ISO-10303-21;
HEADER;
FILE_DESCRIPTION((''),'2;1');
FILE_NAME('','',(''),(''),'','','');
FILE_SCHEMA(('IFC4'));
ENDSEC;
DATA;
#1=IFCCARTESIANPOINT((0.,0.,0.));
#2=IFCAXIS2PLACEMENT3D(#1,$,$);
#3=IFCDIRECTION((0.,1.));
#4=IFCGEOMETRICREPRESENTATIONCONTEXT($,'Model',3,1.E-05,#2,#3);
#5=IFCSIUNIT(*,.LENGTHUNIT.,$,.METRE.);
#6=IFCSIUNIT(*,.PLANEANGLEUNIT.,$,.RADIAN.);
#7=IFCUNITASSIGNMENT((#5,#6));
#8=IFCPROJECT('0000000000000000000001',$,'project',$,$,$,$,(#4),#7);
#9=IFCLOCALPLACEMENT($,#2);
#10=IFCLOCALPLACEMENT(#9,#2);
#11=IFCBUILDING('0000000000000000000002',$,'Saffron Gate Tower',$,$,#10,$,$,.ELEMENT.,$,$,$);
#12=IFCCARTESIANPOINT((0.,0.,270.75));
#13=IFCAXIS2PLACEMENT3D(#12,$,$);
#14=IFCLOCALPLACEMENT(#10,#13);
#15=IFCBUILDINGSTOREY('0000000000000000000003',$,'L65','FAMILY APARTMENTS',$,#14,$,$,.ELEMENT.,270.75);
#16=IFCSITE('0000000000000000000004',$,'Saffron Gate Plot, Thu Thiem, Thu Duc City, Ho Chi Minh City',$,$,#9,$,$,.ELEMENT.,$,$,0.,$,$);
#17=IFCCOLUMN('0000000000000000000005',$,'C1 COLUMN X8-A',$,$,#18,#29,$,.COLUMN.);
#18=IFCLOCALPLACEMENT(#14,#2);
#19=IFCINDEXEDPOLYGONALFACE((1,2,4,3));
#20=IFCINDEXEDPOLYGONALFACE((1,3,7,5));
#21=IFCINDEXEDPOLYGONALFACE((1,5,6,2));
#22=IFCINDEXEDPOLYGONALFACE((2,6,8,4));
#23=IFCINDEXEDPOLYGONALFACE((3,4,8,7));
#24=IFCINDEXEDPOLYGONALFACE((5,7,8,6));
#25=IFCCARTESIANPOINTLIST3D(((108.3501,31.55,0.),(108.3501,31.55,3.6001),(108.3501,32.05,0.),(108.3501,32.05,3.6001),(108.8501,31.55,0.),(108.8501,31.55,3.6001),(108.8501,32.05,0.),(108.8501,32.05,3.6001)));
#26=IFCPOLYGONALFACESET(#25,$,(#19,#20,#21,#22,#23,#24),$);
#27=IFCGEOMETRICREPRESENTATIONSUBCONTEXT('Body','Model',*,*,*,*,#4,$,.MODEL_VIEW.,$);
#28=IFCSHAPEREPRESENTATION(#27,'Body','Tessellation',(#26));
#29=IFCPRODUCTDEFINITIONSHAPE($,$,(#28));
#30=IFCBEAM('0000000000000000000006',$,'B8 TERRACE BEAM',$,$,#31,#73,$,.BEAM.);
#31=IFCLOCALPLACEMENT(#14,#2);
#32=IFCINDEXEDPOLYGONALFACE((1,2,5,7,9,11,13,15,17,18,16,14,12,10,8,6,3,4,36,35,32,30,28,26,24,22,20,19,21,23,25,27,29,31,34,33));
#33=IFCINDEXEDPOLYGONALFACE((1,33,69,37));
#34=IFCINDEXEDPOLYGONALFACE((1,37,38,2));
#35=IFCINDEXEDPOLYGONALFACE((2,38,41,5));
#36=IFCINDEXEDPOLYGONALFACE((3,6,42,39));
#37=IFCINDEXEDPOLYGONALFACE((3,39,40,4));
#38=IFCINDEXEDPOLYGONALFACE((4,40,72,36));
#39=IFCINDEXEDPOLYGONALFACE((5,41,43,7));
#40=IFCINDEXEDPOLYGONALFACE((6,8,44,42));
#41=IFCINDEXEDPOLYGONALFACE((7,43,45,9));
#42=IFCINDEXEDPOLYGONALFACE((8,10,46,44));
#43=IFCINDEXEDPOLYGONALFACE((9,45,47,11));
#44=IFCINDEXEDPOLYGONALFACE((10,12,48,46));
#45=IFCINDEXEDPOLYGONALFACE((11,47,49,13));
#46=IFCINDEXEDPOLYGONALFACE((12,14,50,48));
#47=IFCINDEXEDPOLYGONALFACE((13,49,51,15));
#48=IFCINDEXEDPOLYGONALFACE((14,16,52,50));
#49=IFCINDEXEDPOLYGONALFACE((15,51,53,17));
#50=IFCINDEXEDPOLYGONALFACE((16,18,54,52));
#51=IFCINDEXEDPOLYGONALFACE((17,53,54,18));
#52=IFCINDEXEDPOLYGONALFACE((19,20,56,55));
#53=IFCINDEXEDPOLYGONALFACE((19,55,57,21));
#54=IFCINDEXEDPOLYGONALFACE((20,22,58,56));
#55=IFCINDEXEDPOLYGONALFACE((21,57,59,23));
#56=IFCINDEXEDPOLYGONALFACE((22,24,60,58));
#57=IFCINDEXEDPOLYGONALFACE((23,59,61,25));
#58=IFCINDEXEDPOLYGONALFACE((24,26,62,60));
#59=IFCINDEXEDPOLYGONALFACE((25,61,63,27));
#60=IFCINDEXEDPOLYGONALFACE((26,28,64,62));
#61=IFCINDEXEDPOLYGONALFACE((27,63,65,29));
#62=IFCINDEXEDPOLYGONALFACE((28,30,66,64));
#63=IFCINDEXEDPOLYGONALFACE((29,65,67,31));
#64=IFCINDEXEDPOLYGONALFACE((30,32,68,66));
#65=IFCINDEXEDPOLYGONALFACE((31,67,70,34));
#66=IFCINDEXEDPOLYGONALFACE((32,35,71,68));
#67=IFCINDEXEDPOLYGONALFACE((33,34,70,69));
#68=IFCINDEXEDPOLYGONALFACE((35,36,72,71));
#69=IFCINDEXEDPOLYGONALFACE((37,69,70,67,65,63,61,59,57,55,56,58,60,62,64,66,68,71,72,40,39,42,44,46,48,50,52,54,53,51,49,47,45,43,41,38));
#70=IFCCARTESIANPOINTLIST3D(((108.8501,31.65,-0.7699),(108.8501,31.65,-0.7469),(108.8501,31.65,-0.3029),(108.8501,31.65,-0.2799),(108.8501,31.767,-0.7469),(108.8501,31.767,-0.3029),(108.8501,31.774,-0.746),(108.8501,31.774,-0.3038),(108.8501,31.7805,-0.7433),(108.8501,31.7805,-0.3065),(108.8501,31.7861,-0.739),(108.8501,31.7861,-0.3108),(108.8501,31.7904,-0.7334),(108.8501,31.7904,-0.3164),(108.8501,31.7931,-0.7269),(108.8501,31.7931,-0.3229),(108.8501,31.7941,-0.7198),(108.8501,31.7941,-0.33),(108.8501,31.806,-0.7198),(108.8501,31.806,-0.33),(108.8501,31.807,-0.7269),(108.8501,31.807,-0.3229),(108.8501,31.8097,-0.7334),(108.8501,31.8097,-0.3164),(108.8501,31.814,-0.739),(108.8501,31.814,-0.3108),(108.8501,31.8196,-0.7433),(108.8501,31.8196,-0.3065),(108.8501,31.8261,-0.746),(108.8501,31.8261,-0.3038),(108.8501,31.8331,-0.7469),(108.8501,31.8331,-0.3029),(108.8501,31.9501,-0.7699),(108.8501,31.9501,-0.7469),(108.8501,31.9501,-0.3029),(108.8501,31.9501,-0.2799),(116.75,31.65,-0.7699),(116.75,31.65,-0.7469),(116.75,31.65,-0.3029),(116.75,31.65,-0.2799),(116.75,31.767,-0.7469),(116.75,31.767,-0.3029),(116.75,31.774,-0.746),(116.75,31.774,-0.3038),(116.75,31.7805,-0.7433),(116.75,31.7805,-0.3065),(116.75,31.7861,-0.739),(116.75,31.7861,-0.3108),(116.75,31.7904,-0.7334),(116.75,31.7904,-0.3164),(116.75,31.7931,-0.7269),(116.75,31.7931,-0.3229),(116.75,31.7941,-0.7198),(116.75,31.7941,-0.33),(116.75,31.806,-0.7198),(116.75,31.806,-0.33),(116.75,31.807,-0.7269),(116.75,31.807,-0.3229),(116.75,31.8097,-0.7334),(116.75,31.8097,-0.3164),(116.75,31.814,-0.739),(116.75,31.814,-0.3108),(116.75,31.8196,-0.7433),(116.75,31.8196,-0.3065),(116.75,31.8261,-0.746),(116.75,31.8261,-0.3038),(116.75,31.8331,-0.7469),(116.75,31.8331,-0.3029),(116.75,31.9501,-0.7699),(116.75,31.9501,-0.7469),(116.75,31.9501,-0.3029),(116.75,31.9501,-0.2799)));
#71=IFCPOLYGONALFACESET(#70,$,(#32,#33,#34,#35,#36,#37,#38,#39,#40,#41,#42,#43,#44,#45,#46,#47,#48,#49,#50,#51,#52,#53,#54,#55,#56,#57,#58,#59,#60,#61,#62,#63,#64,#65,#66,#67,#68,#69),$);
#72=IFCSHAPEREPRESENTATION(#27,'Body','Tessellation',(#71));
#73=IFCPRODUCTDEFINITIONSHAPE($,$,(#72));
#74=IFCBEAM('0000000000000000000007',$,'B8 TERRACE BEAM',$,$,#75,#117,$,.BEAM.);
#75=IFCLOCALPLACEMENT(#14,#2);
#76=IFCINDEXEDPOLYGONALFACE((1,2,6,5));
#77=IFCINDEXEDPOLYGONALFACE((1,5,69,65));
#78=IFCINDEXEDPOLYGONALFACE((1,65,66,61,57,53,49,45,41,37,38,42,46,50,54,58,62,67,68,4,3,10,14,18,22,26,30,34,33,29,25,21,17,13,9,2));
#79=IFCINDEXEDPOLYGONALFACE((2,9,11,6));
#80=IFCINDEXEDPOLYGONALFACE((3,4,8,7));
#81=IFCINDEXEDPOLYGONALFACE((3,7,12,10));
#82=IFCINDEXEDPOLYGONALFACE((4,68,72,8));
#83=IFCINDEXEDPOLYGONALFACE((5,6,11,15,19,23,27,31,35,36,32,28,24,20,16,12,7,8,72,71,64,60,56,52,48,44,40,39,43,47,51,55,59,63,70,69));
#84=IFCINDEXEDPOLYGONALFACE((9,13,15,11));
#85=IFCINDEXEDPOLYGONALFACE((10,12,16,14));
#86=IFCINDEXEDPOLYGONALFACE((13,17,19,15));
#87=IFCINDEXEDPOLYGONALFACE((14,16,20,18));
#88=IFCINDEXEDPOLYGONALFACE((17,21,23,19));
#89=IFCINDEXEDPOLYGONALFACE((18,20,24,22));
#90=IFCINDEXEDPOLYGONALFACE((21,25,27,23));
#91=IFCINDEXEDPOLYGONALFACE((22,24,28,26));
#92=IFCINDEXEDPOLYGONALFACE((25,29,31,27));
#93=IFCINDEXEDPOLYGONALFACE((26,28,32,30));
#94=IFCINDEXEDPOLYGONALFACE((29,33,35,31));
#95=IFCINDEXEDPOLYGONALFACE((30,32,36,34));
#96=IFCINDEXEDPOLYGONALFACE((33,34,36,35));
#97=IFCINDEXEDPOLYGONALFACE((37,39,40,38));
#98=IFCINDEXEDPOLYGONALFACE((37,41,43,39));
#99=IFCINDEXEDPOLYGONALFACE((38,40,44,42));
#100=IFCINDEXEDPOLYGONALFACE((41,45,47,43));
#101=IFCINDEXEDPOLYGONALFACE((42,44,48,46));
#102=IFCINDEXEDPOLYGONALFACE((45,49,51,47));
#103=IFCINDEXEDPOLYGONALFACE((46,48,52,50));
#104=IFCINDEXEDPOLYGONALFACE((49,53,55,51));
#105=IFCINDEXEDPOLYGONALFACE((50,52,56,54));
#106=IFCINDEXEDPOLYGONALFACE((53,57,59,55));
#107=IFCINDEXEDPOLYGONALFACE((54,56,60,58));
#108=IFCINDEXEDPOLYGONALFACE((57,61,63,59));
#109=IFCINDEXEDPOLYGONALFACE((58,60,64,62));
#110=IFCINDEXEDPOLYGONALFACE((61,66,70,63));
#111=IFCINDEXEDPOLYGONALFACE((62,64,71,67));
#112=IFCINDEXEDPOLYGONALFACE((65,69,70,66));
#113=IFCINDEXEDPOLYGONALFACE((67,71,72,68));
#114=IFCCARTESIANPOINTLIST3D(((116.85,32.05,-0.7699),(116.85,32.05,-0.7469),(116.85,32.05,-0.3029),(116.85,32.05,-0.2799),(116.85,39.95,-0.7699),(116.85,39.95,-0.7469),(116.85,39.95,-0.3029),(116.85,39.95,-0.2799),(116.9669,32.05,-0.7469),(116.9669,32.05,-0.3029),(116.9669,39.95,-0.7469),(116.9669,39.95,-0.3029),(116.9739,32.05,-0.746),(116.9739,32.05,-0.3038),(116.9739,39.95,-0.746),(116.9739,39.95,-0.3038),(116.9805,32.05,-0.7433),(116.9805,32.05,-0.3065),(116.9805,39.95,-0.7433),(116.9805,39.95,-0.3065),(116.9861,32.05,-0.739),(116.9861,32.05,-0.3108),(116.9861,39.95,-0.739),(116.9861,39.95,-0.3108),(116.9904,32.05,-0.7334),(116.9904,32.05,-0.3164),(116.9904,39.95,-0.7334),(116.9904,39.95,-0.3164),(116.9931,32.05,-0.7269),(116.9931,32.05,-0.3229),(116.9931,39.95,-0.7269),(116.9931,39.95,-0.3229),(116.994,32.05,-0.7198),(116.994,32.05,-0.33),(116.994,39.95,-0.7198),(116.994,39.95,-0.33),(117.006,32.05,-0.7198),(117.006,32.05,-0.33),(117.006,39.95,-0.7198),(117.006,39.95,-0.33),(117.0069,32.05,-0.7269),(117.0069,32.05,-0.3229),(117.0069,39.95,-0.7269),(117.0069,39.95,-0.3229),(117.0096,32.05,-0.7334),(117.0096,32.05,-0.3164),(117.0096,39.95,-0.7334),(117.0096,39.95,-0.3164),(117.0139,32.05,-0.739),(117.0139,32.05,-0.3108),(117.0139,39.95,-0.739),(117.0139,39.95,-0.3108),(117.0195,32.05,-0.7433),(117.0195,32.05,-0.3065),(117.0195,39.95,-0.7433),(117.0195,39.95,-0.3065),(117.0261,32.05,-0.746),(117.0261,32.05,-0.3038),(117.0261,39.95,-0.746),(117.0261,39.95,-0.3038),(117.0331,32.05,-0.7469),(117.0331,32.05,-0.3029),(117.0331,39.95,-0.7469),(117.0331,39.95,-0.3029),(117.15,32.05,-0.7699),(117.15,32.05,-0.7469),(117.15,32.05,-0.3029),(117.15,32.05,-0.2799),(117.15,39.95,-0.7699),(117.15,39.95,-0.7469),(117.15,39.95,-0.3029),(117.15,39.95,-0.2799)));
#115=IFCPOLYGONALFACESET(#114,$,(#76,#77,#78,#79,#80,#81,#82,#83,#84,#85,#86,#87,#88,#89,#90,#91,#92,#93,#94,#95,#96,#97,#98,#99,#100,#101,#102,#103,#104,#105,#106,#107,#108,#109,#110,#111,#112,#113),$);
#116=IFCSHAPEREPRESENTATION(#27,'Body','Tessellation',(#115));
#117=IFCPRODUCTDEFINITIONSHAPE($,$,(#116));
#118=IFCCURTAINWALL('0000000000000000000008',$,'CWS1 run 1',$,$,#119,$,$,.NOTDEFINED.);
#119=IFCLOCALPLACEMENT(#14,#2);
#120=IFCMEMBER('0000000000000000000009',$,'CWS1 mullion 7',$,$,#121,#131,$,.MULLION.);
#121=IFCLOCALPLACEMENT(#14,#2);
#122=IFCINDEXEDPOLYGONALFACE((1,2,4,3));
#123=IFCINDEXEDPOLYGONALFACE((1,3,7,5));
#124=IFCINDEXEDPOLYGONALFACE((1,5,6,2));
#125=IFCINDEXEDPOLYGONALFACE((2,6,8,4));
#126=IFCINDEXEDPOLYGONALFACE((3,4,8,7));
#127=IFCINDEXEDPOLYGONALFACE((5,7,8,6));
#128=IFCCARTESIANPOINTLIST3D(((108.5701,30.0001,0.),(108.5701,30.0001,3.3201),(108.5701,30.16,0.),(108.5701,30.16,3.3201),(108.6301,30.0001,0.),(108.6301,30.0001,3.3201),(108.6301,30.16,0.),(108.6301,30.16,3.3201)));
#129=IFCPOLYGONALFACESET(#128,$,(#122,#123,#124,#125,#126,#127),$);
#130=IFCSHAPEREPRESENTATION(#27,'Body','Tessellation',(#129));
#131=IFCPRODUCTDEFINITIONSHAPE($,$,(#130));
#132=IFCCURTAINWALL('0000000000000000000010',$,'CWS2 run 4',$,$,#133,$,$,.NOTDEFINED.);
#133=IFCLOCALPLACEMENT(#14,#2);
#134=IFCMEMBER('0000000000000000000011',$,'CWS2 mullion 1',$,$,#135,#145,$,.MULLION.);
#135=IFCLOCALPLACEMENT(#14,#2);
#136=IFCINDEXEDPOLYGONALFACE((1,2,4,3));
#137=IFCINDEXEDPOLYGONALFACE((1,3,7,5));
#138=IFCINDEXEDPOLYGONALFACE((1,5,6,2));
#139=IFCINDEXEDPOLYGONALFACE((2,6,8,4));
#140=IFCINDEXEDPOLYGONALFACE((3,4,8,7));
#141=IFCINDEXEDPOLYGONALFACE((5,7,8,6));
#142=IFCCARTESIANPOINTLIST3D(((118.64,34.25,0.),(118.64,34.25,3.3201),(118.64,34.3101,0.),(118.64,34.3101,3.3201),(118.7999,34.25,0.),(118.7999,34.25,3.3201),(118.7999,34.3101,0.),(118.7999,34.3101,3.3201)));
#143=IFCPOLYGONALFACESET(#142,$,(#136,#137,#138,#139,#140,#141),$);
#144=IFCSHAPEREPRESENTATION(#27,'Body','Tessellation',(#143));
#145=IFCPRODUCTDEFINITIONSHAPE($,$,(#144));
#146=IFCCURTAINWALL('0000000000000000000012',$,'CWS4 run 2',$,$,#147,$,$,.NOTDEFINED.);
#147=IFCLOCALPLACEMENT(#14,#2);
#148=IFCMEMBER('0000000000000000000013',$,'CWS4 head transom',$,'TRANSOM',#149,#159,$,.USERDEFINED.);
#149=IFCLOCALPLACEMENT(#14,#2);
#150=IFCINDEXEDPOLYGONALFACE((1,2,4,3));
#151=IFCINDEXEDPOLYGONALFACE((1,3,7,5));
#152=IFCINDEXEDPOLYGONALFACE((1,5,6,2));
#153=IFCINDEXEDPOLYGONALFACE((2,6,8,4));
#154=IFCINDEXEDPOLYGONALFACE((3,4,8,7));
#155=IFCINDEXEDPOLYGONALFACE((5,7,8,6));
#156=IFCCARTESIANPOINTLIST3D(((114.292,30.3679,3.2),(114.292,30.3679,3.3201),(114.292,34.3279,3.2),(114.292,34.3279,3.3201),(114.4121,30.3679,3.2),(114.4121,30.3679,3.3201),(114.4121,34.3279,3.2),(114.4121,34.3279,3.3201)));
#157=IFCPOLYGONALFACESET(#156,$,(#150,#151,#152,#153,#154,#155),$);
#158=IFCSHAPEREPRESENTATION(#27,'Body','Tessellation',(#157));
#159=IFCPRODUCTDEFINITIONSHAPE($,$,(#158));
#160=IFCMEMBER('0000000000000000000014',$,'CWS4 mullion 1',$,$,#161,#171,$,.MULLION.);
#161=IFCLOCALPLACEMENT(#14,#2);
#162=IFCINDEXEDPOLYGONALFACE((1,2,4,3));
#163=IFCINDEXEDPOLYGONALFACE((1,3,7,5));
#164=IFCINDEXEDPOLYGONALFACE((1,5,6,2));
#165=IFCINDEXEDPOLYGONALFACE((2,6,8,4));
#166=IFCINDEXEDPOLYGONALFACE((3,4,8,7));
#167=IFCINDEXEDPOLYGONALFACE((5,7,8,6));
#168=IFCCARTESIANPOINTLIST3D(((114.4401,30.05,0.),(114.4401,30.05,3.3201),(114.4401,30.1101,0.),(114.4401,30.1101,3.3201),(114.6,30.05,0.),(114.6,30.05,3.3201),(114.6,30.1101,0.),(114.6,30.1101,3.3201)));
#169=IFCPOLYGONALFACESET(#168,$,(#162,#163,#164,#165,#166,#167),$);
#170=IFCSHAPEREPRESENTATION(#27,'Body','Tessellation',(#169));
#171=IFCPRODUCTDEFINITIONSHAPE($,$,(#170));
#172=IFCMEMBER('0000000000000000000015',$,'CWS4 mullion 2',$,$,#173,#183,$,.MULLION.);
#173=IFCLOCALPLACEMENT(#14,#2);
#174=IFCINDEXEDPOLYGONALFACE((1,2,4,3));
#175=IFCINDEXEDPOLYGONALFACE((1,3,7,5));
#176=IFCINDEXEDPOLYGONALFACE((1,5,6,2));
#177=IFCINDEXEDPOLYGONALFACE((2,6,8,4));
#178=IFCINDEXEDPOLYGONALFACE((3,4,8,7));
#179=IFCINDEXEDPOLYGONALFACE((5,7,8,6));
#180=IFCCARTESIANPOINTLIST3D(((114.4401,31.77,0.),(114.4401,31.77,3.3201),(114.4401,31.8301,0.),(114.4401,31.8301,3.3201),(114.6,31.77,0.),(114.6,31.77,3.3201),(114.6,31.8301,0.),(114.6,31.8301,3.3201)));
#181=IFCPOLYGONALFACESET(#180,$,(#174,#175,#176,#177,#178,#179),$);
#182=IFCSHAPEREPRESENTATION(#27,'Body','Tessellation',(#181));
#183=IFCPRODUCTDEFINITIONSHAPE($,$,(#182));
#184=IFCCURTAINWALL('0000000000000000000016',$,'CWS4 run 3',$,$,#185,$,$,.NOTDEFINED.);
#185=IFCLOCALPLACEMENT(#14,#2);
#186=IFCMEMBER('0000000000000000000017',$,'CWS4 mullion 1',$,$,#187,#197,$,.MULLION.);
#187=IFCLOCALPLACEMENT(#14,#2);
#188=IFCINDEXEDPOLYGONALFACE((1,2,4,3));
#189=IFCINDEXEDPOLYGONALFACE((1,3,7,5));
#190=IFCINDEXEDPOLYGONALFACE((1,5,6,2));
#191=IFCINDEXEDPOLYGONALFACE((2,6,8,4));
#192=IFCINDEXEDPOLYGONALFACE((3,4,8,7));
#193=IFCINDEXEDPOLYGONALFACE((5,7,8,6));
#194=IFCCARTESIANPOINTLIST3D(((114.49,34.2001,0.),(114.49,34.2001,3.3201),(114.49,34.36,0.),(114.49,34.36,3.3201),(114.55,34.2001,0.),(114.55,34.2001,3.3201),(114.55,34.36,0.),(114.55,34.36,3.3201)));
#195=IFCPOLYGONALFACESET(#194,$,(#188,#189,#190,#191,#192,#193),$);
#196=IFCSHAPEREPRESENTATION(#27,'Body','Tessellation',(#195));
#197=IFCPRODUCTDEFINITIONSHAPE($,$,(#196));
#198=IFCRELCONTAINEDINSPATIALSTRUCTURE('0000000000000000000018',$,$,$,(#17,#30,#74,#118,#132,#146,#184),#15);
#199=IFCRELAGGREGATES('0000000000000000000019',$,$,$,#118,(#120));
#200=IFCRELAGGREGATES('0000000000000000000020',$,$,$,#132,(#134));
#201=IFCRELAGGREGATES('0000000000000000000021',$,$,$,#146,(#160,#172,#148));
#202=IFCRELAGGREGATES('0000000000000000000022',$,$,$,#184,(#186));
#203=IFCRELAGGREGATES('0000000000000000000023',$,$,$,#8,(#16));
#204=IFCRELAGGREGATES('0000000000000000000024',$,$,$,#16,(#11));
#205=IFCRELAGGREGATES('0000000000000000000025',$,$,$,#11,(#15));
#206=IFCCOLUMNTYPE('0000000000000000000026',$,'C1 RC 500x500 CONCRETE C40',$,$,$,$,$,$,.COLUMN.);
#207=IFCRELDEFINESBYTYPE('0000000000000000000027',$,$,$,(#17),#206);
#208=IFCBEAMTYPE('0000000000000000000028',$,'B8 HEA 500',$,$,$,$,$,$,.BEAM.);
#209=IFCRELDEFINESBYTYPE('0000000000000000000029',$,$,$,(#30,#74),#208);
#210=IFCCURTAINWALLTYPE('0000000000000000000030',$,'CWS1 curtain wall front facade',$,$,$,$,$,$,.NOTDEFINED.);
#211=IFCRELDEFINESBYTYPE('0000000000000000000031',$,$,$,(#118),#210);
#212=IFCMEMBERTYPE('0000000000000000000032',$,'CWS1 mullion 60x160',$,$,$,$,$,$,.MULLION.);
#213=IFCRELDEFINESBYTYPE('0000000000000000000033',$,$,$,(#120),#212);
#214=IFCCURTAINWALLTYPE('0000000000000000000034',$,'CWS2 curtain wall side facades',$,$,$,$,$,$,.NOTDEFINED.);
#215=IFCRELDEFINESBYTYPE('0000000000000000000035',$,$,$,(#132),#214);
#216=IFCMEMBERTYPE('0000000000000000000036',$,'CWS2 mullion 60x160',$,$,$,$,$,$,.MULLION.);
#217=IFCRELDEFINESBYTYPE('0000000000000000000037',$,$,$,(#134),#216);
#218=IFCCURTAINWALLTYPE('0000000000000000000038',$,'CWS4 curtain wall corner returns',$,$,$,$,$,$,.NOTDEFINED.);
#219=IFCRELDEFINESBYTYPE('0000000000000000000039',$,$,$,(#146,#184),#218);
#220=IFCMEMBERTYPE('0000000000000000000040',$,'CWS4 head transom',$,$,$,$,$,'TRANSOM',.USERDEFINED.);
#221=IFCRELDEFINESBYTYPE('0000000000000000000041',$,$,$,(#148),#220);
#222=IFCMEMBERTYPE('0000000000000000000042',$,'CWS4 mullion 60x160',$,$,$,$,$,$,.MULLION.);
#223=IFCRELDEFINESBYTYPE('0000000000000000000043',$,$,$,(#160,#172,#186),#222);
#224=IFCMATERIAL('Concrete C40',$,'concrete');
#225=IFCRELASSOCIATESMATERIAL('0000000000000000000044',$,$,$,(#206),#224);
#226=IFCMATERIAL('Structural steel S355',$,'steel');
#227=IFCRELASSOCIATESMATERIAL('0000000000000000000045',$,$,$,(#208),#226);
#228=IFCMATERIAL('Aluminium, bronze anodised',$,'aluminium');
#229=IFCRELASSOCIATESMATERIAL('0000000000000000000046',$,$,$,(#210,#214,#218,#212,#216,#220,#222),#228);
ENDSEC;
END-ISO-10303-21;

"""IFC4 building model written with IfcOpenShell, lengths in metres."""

from ifc_helpers import new_model, si_unit, direction, frame, origin, origin_2d, place, context, subcontext, project, spatial, rectangle, i_section, extrude, material, material_profile, profile_set, type_object, element, aggregate, save


model = new_model("IFC4")

# Units and contexts
model_context = context("Model", 3, precision=1e-05, world=origin(), true_north=direction((0.0, 1.0)))
body_context = subcontext(model_context, "Body", "Model", "MODEL_VIEW")
ifc_project = project(units=[si_unit("LENGTHUNIT", "METRE"), si_unit("PLANEANGLEUNIT", "RADIAN")], contexts=[model_context])

# Site, building, storey
site_placement = place(None, origin())
site = spatial("IfcSite", under=ifc_project, at=site_placement, Name="Saffron Gate Plot, Thu Thiem, Thu Duc City, Ho Chi Minh City", CompositionType="ELEMENT", RefElevation=0.0)
building_placement = place(site_placement, origin())
building = spatial("IfcBuilding", under=site, at=building_placement, Name="Saffron Gate Tower", CompositionType="ELEMENT")
storey_placement = place(building_placement, frame((0.0, 0.0, 270.75)))
storey = spatial("IfcBuildingStorey", under=building, at=storey_placement, Name="L65", Description="FAMILY APARTMENTS", CompositionType="ELEMENT", Elevation=270.75)

# Column
ifc_material_1 = material(Name="Concrete C40", Category="concrete")
ifc_material_profile_1 = material_profile(ifc_material_1, rectangle(XDim=0.5, YDim=0.5, at=origin_2d()))
ifc_profile_set_1 = profile_set([ifc_material_profile_1], Name="Concrete C40")
column_type = type_object("IfcColumnType", Name="C1 RC 500x500 CONCRETE C40", PredefinedType="COLUMN", material=ifc_profile_set_1)
column_placement = place(storey_placement, frame((108.6001, 31.8, 0.0), z_axis=(0.0, 0.0, 1.0), x_axis=(1.0, 0.0, 0.0)))
element("IfcColumn", 1, at=column_placement, inside=storey, type_object=column_type, Name="C1 COLUMN X8-A", PredefinedType="COLUMN", context=body_context, shape_type="SweptSolid", body=[
    extrude(rectangle(XDim=0.5, YDim=0.5, at=origin_2d()), origin(), (0.0, 0.0, 1.0), 3.6001),
])

# Beams
ifc_material_2 = material(Name="Structural steel S355", Category="steel")
ifc_material_profile_2 = material_profile(ifc_material_2, i_section(OverallWidth=0.3, OverallDepth=0.49, WebThickness=0.012, FlangeThickness=0.0229, FilletRadius=0.0271, at=origin_2d()))
ifc_profile_set_2 = profile_set([ifc_material_profile_2], Name="Structural steel S355")
beam_type = type_object("IfcBeamType", Name="B8 HEA 500", PredefinedType="BEAM", material=ifc_profile_set_2)
for number, where, z_axis, x_axis, name in (
    (2, (108.8501, 31.8, -0.5249), (1.0, 0.0, 0.0), (0.0, 1.0, 0.0), "B8 TERRACE BEAM"),
    (3, (117.0, 32.05, -0.5249), (0.0, 1.0, 0.0), (-1.0, 0.0, 0.0), "B8 TERRACE BEAM"),
):
    element("IfcBeam", number, at=place(storey_placement, frame(where, z_axis=z_axis, x_axis=x_axis)), inside=storey, type_object=beam_type, Name=name, PredefinedType="BEAM", context=body_context, shape_type="SweptSolid", body=[
        extrude(i_section(OverallWidth=0.3, OverallDepth=0.49, WebThickness=0.012, FlangeThickness=0.0229, FilletRadius=0.0271, at=origin_2d()), origin(), (0.0, 0.0, 1.0), 7.8999),
    ])

# Curtain walls, members
ifc_material_3 = material(Name="Aluminium, bronze anodised", Category="aluminium")
curtain_wall_type_1 = type_object("IfcCurtainWallType", Name="CWS1 curtain wall front facade", PredefinedType="NOTDEFINED", material=ifc_material_3)
curtain_wall_1_placement = place(storey_placement, origin())
curtain_wall_1 = element("IfcCurtainWall", 4, at=curtain_wall_1_placement, inside=storey, type_object=curtain_wall_type_1, Name="CWS1 run 1", PredefinedType="NOTDEFINED")
ifc_material_profile_3 = material_profile(ifc_material_3, rectangle(XDim=0.1599, YDim=0.0601, at=origin_2d()))
ifc_profile_set_3 = profile_set([ifc_material_profile_3], Name="Aluminium, bronze anodised")
member_type_1 = type_object("IfcMemberType", Name="CWS1 mullion 60x160", PredefinedType="MULLION", material=ifc_profile_set_3)
member_1_placement = place(storey_placement, frame((108.6001, 30.0801, 0.0), z_axis=(0.0, 0.0, 1.0), x_axis=(0.0, 1.0, 0.0)))
member_1 = element("IfcMember", 5, at=member_1_placement, type_object=member_type_1, Name="CWS1 mullion 7", PredefinedType="MULLION", context=body_context, shape_type="SweptSolid", body=[
    extrude(rectangle(XDim=0.1599, YDim=0.0601, at=origin_2d()), origin(), (0.0, 0.0, 1.0), 3.3201),
])
aggregate(curtain_wall_1, [member_1])
curtain_wall_type_2 = type_object("IfcCurtainWallType", Name="CWS2 curtain wall side facades", PredefinedType="NOTDEFINED", material=ifc_material_3)
curtain_wall_2_placement = place(storey_placement, origin())
curtain_wall_2 = element("IfcCurtainWall", 6, at=curtain_wall_2_placement, inside=storey, type_object=curtain_wall_type_2, Name="CWS2 run 4", PredefinedType="NOTDEFINED")
ifc_material_profile_4 = material_profile(ifc_material_3, rectangle(XDim=0.1599, YDim=0.0601, at=origin_2d()))
ifc_profile_set_4 = profile_set([ifc_material_profile_4], Name="Aluminium, bronze anodised")
member_type_2 = type_object("IfcMemberType", Name="CWS2 mullion 60x160", PredefinedType="MULLION", material=ifc_profile_set_4)
member_2_placement = place(storey_placement, frame((118.72, 34.28, 0.0), z_axis=(0.0, 0.0, 1.0), x_axis=(-1.0, 0.0, 0.0)))
member_2 = element("IfcMember", 7, at=member_2_placement, type_object=member_type_2, Name="CWS2 mullion 1", PredefinedType="MULLION", context=body_context, shape_type="SweptSolid", body=[
    extrude(rectangle(XDim=0.1599, YDim=0.0601, at=origin_2d()), origin(), (0.0, 0.0, 1.0), 3.3201),
])

# Curtain walls, members
curtain_wall_type_3 = type_object("IfcCurtainWallType", Name="CWS4 curtain wall corner returns", PredefinedType="NOTDEFINED", material=ifc_material_3)
curtain_wall_3_placement = place(storey_placement, origin())
curtain_wall_3 = element("IfcCurtainWall", 8, at=curtain_wall_3_placement, inside=storey, type_object=curtain_wall_type_3, Name="CWS4 run 2", PredefinedType="NOTDEFINED")
ifc_material_profile_5 = material_profile(ifc_material_3, rectangle(XDim=0.1201, YDim=0.1201, at=origin_2d()))
ifc_profile_set_5 = profile_set([ifc_material_profile_5], Name="Aluminium, bronze anodised")
member_type_3 = type_object("IfcMemberType", Name="CWS4 head transom", ElementType="TRANSOM", PredefinedType="USERDEFINED", material=ifc_profile_set_5)
member_3_placement = place(storey_placement, frame((114.3521, 30.3679, 3.26), z_axis=(0.0, 1.0, 0.0), x_axis=(-1.0, 0.0, 0.0)))
member_3 = element("IfcMember", 9, at=member_3_placement, type_object=member_type_3, Name="CWS4 head transom", ObjectType="TRANSOM", PredefinedType="USERDEFINED", context=body_context, shape_type="SweptSolid", body=[
    extrude(rectangle(XDim=0.1201, YDim=0.1201, at=origin_2d()), origin(), (0.0, 0.0, 1.0), 3.96),
])
ifc_material_profile_6 = material_profile(ifc_material_3, rectangle(XDim=0.1599, YDim=0.0601, at=origin_2d()))
ifc_profile_set_6 = profile_set([ifc_material_profile_6], Name="Aluminium, bronze anodised")
member_type_4 = type_object("IfcMemberType", Name="CWS4 mullion 60x160", PredefinedType="MULLION", material=ifc_profile_set_6)
member_4_placement = place(storey_placement, frame((114.52, 30.0801, 0.0), z_axis=(0.0, 0.0, 1.0), x_axis=(-1.0, 0.0, 0.0)))
member_4 = element("IfcMember", 10, at=member_4_placement, type_object=member_type_4, Name="CWS4 mullion 1", PredefinedType="MULLION", context=body_context, shape_type="SweptSolid", body=[
    extrude(rectangle(XDim=0.1599, YDim=0.0601, at=origin_2d()), origin(), (0.0, 0.0, 1.0), 3.3201),
])
member_5_placement = place(storey_placement, frame((114.52, 31.8, 0.0), z_axis=(0.0, 0.0, 1.0), x_axis=(-1.0, 0.0, 0.0)))
member_5 = element("IfcMember", 11, at=member_5_placement, type_object=member_type_4, Name="CWS4 mullion 2", PredefinedType="MULLION", context=body_context, shape_type="SweptSolid", body=[
    extrude(rectangle(XDim=0.1599, YDim=0.0601, at=origin_2d()), origin(), (0.0, 0.0, 1.0), 3.3201),
])
curtain_wall_4_placement = place(storey_placement, origin())
curtain_wall_4 = element("IfcCurtainWall", 12, at=curtain_wall_4_placement, inside=storey, type_object=curtain_wall_type_3, Name="CWS4 run 3", PredefinedType="NOTDEFINED")
member_6_placement = place(storey_placement, frame((114.52, 34.28, 0.0), z_axis=(0.0, 0.0, 1.0), x_axis=(0.0, 1.0, 0.0)))
member_6 = element("IfcMember", 13, at=member_6_placement, type_object=member_type_4, Name="CWS4 mullion 1", PredefinedType="MULLION", context=body_context, shape_type="SweptSolid", body=[
    extrude(rectangle(XDim=0.1599, YDim=0.0601, at=origin_2d()), origin(), (0.0, 0.0, 1.0), 3.3201),
])

aggregate(curtain_wall_2, [member_2])

aggregate(curtain_wall_3, [member_4, member_5, member_3])
aggregate(curtain_wall_4, [member_6])

save(model, "model.ifc")
